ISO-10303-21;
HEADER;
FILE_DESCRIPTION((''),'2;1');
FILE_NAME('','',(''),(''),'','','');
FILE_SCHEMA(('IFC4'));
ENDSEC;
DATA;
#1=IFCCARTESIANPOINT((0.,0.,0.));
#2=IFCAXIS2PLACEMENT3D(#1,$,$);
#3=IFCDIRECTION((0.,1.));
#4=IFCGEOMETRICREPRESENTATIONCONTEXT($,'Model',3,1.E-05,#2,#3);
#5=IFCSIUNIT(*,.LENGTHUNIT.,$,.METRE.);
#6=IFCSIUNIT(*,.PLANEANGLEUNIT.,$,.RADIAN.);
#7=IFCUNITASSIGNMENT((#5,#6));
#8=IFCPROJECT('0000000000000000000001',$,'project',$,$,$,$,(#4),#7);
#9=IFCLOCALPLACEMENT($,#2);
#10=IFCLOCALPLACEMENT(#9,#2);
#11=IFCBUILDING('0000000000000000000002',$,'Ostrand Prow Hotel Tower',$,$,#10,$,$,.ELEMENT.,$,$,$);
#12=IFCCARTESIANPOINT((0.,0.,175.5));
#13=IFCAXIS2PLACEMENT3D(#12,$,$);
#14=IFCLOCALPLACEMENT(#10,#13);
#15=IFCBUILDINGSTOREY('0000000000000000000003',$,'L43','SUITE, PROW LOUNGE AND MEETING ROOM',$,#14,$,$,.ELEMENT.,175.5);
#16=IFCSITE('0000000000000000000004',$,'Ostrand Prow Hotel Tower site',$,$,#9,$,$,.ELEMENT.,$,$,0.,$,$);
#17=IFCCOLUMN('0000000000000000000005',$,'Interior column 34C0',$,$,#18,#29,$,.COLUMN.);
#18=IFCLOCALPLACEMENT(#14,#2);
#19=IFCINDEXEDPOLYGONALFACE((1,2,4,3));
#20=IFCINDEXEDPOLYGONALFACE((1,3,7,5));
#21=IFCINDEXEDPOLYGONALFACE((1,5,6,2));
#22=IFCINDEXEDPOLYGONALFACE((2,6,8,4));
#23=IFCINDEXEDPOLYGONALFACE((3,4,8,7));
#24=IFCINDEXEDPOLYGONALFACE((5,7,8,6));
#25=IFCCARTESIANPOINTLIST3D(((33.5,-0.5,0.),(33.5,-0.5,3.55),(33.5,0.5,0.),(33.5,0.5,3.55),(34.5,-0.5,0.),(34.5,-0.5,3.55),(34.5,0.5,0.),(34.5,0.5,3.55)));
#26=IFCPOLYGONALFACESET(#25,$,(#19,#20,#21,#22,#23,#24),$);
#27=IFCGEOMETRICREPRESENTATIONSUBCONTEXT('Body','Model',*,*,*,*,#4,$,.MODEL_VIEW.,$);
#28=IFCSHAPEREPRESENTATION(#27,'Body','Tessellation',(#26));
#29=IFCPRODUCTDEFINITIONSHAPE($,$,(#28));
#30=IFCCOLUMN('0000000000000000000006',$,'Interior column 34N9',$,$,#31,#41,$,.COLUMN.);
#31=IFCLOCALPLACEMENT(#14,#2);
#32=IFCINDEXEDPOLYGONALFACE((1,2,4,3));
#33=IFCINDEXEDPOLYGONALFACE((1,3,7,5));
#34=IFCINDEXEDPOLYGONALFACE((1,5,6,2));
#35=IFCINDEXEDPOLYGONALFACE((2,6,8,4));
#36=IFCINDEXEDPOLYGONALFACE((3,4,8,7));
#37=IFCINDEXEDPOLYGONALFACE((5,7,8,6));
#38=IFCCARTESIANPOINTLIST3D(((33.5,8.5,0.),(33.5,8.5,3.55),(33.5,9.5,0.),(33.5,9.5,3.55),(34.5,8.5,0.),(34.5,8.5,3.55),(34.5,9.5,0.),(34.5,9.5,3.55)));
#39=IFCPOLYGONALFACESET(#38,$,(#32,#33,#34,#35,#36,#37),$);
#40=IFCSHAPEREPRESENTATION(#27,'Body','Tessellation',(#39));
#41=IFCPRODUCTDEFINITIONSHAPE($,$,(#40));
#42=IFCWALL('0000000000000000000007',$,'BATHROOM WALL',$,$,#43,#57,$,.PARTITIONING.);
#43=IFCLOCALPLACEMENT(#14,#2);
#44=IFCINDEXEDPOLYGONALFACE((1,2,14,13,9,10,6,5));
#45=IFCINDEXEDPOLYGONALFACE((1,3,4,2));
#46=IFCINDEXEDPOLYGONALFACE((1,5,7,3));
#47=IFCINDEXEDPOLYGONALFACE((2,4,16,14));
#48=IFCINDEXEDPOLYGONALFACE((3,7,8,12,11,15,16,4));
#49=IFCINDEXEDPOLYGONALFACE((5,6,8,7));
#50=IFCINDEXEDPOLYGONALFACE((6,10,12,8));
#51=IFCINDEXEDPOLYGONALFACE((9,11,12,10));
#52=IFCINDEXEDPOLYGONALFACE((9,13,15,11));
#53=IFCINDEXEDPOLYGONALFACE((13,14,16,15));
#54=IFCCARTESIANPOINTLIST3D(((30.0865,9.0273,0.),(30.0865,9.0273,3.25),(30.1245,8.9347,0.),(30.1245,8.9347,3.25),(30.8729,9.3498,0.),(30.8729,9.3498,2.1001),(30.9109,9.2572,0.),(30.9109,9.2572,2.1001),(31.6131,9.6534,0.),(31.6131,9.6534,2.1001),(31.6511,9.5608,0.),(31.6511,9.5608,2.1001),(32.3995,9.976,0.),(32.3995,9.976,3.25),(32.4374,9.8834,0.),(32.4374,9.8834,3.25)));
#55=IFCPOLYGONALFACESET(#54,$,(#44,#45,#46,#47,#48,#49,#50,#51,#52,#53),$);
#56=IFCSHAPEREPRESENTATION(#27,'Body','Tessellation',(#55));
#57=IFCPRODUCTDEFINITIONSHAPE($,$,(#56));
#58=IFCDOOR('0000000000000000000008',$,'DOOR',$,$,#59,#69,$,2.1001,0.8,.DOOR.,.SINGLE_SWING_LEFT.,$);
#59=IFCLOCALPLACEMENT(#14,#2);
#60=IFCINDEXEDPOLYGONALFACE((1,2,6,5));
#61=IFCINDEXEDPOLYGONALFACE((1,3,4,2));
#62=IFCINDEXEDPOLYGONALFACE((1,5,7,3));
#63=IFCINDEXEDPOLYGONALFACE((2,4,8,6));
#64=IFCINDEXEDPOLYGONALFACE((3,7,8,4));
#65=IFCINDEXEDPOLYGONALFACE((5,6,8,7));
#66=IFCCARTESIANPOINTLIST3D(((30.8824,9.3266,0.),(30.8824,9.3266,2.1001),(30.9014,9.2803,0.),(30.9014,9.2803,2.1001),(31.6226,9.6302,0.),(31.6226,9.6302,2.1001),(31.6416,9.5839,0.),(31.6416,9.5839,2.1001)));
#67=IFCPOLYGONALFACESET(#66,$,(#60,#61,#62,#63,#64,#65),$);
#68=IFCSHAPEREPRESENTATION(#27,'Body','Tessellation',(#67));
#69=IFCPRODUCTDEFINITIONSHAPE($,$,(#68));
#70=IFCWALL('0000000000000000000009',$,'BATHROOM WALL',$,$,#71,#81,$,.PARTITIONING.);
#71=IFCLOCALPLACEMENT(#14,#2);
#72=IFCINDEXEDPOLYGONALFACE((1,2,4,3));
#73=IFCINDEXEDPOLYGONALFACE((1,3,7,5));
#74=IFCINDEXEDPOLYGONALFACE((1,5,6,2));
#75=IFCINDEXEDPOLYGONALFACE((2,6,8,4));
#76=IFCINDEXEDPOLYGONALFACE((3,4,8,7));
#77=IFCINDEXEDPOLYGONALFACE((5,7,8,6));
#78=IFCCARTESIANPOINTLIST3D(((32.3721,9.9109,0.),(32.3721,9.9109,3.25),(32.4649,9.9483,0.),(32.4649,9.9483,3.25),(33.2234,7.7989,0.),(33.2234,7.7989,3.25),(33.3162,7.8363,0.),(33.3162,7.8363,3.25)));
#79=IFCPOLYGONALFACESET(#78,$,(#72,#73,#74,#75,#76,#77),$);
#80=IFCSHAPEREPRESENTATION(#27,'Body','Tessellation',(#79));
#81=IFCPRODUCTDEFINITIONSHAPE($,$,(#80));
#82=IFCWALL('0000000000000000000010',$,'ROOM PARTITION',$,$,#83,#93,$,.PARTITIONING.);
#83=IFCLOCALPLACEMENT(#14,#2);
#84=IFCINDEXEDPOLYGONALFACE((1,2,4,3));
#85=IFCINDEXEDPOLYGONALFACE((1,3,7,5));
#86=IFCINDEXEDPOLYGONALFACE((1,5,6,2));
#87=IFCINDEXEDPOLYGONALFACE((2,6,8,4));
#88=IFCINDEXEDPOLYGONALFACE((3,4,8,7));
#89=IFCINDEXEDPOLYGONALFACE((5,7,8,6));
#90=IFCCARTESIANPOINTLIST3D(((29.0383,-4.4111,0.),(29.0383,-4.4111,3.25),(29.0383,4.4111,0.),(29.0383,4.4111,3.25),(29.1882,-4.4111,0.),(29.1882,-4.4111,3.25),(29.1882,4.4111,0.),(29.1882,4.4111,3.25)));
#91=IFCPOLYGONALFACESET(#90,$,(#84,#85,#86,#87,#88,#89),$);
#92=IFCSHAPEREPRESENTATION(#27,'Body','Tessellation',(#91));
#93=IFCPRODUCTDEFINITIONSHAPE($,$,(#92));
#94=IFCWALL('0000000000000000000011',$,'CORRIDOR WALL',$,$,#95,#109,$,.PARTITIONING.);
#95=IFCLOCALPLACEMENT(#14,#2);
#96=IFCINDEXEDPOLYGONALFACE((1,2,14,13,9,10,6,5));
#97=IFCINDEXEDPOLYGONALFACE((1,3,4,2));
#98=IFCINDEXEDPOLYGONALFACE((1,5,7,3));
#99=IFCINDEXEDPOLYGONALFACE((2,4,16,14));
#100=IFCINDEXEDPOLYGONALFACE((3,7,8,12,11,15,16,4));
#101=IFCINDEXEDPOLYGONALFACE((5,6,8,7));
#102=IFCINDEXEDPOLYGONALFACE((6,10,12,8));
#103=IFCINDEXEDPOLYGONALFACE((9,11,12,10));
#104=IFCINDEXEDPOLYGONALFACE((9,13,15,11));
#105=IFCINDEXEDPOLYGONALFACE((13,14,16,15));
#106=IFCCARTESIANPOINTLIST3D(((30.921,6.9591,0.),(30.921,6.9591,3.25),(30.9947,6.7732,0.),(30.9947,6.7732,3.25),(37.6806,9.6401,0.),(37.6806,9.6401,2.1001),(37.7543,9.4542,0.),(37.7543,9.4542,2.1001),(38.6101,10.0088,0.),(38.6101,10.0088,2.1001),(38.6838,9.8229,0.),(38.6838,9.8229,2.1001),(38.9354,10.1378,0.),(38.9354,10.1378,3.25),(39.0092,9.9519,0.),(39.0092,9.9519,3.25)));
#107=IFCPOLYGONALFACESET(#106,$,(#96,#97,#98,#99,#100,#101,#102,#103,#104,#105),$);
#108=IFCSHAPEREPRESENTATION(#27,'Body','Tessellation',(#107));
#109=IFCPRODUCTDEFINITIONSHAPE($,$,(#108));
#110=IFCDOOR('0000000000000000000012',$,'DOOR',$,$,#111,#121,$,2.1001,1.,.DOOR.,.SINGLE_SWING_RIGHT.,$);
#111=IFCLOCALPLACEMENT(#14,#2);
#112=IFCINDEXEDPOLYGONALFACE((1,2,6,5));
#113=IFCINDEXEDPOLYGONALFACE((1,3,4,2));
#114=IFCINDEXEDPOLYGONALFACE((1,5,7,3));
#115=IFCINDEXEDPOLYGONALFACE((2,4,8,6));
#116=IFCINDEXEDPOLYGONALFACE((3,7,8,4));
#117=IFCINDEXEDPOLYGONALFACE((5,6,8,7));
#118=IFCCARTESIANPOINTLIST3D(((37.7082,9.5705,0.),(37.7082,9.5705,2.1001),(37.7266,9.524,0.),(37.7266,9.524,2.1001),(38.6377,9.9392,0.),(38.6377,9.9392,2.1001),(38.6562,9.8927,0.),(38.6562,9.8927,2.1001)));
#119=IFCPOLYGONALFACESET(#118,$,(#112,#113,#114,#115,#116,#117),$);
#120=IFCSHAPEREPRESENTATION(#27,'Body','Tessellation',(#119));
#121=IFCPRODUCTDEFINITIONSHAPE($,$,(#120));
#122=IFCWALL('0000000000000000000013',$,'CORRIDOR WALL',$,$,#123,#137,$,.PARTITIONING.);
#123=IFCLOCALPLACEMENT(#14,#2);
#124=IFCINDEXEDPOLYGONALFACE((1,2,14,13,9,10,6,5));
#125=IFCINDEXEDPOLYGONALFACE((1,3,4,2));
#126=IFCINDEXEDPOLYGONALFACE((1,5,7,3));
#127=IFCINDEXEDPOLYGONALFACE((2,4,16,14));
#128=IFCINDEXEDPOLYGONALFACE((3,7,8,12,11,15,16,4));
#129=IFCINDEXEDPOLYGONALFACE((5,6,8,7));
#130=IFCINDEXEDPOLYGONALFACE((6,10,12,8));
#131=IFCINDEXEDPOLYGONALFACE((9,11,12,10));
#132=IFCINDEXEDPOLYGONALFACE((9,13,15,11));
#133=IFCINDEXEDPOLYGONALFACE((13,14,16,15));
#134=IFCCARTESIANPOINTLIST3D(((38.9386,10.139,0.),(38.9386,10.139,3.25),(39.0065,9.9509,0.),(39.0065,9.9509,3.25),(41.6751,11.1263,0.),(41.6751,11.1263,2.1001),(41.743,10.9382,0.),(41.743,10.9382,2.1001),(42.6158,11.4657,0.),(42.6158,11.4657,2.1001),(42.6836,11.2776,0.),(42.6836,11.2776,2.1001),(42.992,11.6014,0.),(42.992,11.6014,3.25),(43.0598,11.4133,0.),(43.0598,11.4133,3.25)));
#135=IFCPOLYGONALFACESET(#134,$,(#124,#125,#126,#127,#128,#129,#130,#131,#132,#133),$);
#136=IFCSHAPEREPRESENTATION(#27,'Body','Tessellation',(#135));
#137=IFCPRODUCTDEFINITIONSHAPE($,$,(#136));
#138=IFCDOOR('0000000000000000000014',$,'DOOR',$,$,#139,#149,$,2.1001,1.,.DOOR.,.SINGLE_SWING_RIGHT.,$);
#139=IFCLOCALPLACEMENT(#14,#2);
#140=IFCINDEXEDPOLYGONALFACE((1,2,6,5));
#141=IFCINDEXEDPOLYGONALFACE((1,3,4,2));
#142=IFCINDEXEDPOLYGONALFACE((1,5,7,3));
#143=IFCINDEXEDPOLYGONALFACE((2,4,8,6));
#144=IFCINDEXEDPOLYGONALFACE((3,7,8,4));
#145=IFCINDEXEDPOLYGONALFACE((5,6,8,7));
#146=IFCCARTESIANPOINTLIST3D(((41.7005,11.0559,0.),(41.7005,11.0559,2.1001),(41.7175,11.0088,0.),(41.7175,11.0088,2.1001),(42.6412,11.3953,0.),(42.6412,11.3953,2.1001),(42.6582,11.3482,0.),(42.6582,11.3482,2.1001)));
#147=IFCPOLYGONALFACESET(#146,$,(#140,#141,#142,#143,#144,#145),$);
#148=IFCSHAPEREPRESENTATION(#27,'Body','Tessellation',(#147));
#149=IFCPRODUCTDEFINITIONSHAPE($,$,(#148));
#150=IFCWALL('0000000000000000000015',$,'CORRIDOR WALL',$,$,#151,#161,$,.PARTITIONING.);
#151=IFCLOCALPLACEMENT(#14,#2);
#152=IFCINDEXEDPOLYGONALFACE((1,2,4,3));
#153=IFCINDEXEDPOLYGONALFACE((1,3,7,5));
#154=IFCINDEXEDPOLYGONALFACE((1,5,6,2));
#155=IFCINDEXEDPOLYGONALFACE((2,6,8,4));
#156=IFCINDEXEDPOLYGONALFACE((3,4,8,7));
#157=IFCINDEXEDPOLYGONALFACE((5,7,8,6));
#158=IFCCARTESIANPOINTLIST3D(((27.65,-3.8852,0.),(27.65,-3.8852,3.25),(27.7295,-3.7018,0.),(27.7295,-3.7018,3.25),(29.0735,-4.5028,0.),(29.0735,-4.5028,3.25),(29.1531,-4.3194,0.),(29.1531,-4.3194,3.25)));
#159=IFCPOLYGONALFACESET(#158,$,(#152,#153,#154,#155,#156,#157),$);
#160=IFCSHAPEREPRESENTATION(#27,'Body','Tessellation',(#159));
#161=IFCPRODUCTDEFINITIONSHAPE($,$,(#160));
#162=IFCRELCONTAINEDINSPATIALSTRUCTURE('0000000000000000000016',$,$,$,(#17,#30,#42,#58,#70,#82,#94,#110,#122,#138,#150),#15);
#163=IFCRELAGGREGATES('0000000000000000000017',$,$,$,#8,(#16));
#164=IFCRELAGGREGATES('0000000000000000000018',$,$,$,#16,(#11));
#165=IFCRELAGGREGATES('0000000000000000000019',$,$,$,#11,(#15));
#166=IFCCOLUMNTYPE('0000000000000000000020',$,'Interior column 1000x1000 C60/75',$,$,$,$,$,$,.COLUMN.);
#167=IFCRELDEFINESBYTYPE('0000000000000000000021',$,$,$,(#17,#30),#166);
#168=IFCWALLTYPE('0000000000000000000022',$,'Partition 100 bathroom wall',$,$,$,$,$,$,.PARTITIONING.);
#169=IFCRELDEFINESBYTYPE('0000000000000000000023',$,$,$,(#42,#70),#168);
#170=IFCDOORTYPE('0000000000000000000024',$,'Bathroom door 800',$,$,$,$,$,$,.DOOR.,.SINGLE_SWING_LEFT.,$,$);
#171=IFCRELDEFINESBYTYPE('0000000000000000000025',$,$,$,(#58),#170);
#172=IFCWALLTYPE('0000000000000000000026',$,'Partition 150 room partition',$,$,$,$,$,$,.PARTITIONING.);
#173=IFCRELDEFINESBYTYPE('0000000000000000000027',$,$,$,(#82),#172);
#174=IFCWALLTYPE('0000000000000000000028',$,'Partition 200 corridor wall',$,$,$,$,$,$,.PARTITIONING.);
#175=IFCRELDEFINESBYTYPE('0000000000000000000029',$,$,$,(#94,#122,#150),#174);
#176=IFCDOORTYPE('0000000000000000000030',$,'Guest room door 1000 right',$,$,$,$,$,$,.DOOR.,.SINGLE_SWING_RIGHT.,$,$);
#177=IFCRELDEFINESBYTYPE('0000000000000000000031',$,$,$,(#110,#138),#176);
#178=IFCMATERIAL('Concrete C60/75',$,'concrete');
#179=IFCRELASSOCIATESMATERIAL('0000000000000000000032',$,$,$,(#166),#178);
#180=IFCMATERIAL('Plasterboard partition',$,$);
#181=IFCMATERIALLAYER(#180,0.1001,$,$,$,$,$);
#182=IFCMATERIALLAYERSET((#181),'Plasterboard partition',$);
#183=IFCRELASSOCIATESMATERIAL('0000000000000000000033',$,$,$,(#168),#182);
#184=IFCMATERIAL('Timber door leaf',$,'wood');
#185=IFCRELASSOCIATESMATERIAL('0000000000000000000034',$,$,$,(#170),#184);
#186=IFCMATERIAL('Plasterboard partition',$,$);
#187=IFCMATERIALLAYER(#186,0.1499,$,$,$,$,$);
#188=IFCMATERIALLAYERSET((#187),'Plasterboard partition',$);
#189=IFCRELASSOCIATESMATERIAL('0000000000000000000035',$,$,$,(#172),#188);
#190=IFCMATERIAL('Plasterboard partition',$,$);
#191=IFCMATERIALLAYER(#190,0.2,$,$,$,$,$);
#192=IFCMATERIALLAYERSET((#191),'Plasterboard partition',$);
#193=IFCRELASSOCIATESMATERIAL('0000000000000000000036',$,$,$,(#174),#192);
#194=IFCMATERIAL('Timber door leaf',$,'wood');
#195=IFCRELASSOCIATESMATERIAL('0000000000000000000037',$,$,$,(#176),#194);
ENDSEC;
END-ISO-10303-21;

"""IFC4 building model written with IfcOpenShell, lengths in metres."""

from ifc_helpers import new_model, si_unit, direction, frame, frame_2d, origin, origin_2d, place, context, subcontext, project, spatial, rectangle, extrude, material, layer, layer_set, material_profile, profile_set, type_object, element, fill, save


model = new_model("IFC4")

# Units and contexts
model_context = context("Model", 3, precision=1e-05, world=origin(), true_north=direction((0.0, 1.0)))
body_context = subcontext(model_context, "Body", "Model", "MODEL_VIEW")
ifc_project = project(units=[si_unit("LENGTHUNIT", "METRE"), si_unit("PLANEANGLEUNIT", "RADIAN")], contexts=[model_context])

# Site, building, storey
site_placement = place(None, origin())
site = spatial("IfcSite", under=ifc_project, at=site_placement, Name="Ostrand Prow Hotel Tower site", CompositionType="ELEMENT", RefElevation=0.0)
building_placement = place(site_placement, origin())
building = spatial("IfcBuilding", under=site, at=building_placement, Name="Ostrand Prow Hotel Tower", CompositionType="ELEMENT")
storey_placement = place(building_placement, frame((0.0, 0.0, 175.5)))
storey = spatial("IfcBuildingStorey", under=building, at=storey_placement, Name="L43", Description="SUITE, PROW LOUNGE AND MEETING ROOM", CompositionType="ELEMENT", Elevation=175.5)

# Columns
ifc_material_1 = material(Name="Concrete C60/75", Category="concrete")
ifc_material_profile = material_profile(ifc_material_1, rectangle(XDim=1.0, YDim=1.0, at=origin_2d()), Name="RC 1000x1000")
ifc_profile_set = profile_set([ifc_material_profile], Name="Concrete C60/75")
column_type = type_object("IfcColumnType", Name="Interior column 1000x1000 C60/75", PredefinedType="COLUMN", material=ifc_profile_set)
for number, where, z_axis, x_axis, name in (
    (1, (34.0, 0.0, 0.0), (0.0, 0.0, 1.0), (1.0, 0.0, 0.0), "Interior column 34C0"),
    (2, (34.0, 9.0, 0.0), (0.0, 0.0, 1.0), (1.0, 0.0, 0.0), "Interior column 34N9"),
):
    element("IfcColumn", number, at=place(storey_placement, frame(where, z_axis=z_axis, x_axis=x_axis)), inside=storey, type_object=column_type, Name=name, PredefinedType="COLUMN", context=body_context, shape_type="SweptSolid", body=[
        extrude(rectangle(XDim=1.0, YDim=1.0, at=origin_2d()), origin(), (0.0, 0.0, 1.0), 3.55),
    ])

# Wall, opening, door
ifc_material_2 = material(Name="Plasterboard partition")
ifc_layer_1 = layer(ifc_material_2, 0.1001)
ifc_layer_set_1 = layer_set([ifc_layer_1], Name="Plasterboard partition")
wall_type_1 = type_object("IfcWallType", Name="Partition 100 bathroom wall", PredefinedType="PARTITIONING", material=ifc_layer_set_1)
wall_1_placement = place(storey_placement, frame((30.1055, 8.981, 0.0), z_axis=(0.0, 0.0, 1.0), x_axis=(0.925195, 0.379492, 0.0)))
wall_1 = element("IfcWall", 3, at=wall_1_placement, inside=storey, type_object=wall_type_1, Name="BATHROOM WALL", PredefinedType="PARTITIONING", context=body_context, shape_type="SweptSolid", body=[
    extrude(rectangle(XDim=2.5, YDim=0.1001, at=frame_2d((1.25, 0.0))), origin(), (0.0, 0.0, 1.0), 3.25),
])
opening_1_placement = place(wall_1_placement, frame((0.8501, 0.0, 0.0)))
opening_1 = element("IfcOpeningElement", 4, at=opening_1_placement, cuts=wall_1, PredefinedType="OPENING", context=body_context, shape_type="SweptSolid", body=[
    extrude(rectangle(XDim=0.8, YDim=2.1001, at=frame_2d((0.3999, 1.05))), frame((0.0, 0.0601, 0.0), z_axis=(0.0, -1.0, 0.0), x_axis=(1.0, 0.0, 0.0)), (0.0, 0.0, 1.0), 0.1201),
])
ifc_material_3 = material(Name="Timber door leaf", Category="wood")
door_type_1 = type_object("IfcDoorType", Name="Bathroom door 800", OperationType="SINGLE_SWING_LEFT", PredefinedType="DOOR", material=ifc_material_3)
door_1_placement = place(opening_1_placement, origin())
door_1 = element("IfcDoor", 5, at=door_1_placement, inside=storey, type_object=door_type_1, Name="DOOR", OperationType="SINGLE_SWING_LEFT", OverallHeight=2.1001, OverallWidth=0.8, PredefinedType="DOOR", context=body_context, shape_type="SweptSolid", body=[
    extrude(rectangle(XDim=0.8, YDim=2.1001, at=frame_2d((0.3999, 1.05))), frame((0.0, 0.0249, 0.0), z_axis=(0.0, -1.0, 0.0), x_axis=(1.0, 0.0, 0.0)), (0.0, 0.0, 1.0), 0.05),
])
fill(opening_1, door_1)

# Walls
wall_2_placement = place(storey_placement, frame((32.4185, 9.9297, 0.0), z_axis=(0.0, 0.0, 1.0), x_axis=(0.373848, -0.92749, 0.0)))
element("IfcWall", 6, at=wall_2_placement, inside=storey, type_object=wall_type_1, Name="BATHROOM WALL", PredefinedType="PARTITIONING", context=body_context, shape_type="SweptSolid", body=[
    extrude(rectangle(XDim=2.2771, YDim=0.1001, at=frame_2d((1.1387, 0.0))), origin(), (0.0, 0.0, 1.0), 3.25),
])
ifc_material_4 = material(Name="Plasterboard partition")
ifc_layer_2 = layer(ifc_material_4, 0.1499)
ifc_layer_set_2 = layer_set([ifc_layer_2], Name="Plasterboard partition")
wall_type_2 = type_object("IfcWallType", Name="Partition 150 room partition", PredefinedType="PARTITIONING", material=ifc_layer_set_2)
wall_3_placement = place(storey_placement, frame((29.1133, -4.4111, 0.0), z_axis=(0.0, 0.0, 1.0), x_axis=(0.0, 1.0, 0.0)))
element("IfcWall", 7, at=wall_3_placement, inside=storey, type_object=wall_type_2, Name="ROOM PARTITION", PredefinedType="PARTITIONING", context=body_context, shape_type="SweptSolid", body=[
    extrude(rectangle(XDim=8.8223, YDim=0.1499, at=frame_2d((4.4111, 0.0))), origin(), (0.0, 0.0, 1.0), 3.25),
])

# Walls, openings, doors
ifc_material_5 = material(Name="Plasterboard partition")
ifc_layer_3 = layer(ifc_material_5, 0.2)
ifc_layer_set_3 = layer_set([ifc_layer_3], Name="Plasterboard partition")
wall_type_3 = type_object("IfcWallType", Name="Partition 200 corridor wall", PredefinedType="PARTITIONING", material=ifc_layer_set_3)
wall_4_placement = place(storey_placement, frame((38.9724, 10.0449, 0.0), z_axis=(0.0, 0.0, 1.0), x_axis=(-0.929555, -0.368684, 0.0)))
wall_4 = element("IfcWall", 8, at=wall_4_placement, inside=storey, type_object=wall_type_3, Name="CORRIDOR WALL", PredefinedType="PARTITIONING", context=body_context, shape_type="SweptSolid", body=[
    extrude(rectangle(XDim=8.6218, YDim=0.2, at=frame_2d((4.311, 0.0))), origin(), (0.0, 0.0, 1.0), 3.25),
])
opening_2_placement = place(wall_4_placement, frame((0.3501, 0.0, 0.0)))
opening_2 = element("IfcOpeningElement", 9, at=opening_2_placement, cuts=wall_4, PredefinedType="OPENING", context=body_context, shape_type="SweptSolid", body=[
    extrude(rectangle(XDim=1.0, YDim=2.1001, at=frame_2d((0.5, 1.05))), frame((0.0, 0.1099, 0.0), z_axis=(0.0, -1.0, 0.0), x_axis=(1.0, 0.0, 0.0)), (0.0, 0.0, 1.0), 0.22),
])
ifc_material_6 = material(Name="Timber door leaf", Category="wood")
door_type_2 = type_object("IfcDoorType", Name="Guest room door 1000 right", OperationType="SINGLE_SWING_RIGHT", PredefinedType="DOOR", material=ifc_material_6)
door_2_placement = place(opening_2_placement, origin())
door_2 = element("IfcDoor", 10, at=door_2_placement, inside=storey, type_object=door_type_2, Name="DOOR", OperationType="SINGLE_SWING_RIGHT", OverallHeight=2.1001, OverallWidth=1.0, PredefinedType="DOOR", context=body_context, shape_type="SweptSolid", body=[
    extrude(rectangle(XDim=1.0, YDim=2.1001, at=frame_2d((0.5, 1.05))), frame((0.0, 0.0249, 0.0), z_axis=(0.0, -1.0, 0.0), x_axis=(1.0, 0.0, 0.0)), (0.0, 0.0, 1.0), 0.05),
])
fill(opening_2, door_2)
wall_5_placement = place(storey_placement, frame((43.0259, 11.5073, 0.0), z_axis=(0.0, 0.0, 1.0), x_axis=(-0.940654, -0.339367, 0.0)))
wall_5 = element("IfcWall", 11, at=wall_5_placement, inside=storey, type_object=wall_type_3, Name="CORRIDOR WALL", PredefinedType="PARTITIONING", context=body_context, shape_type="SweptSolid", body=[
    extrude(rectangle(XDim=4.3091, YDim=0.2, at=frame_2d((2.1545, 0.0))), origin(), (0.0, 0.0, 1.0), 3.25),
])
opening_3_placement = place(wall_5_placement, frame((0.3999, 0.0, 0.0)))
opening_3 = element("IfcOpeningElement", 12, at=opening_3_placement, cuts=wall_5, PredefinedType="OPENING", context=body_context, shape_type="SweptSolid", body=[
    extrude(rectangle(XDim=1.0, YDim=2.1001, at=frame_2d((0.5, 1.05))), frame((0.0, 0.1099, 0.0), z_axis=(0.0, -1.0, 0.0), x_axis=(1.0, 0.0, 0.0)), (0.0, 0.0, 1.0), 0.22),
])
door_3_placement = place(opening_3_placement, origin())
door_3 = element("IfcDoor", 13, at=door_3_placement, inside=storey, type_object=door_type_2, Name="DOOR", OperationType="SINGLE_SWING_RIGHT", OverallHeight=2.1001, OverallWidth=1.0, PredefinedType="DOOR", context=body_context, shape_type="SweptSolid", body=[
    extrude(rectangle(XDim=1.0, YDim=2.1001, at=frame_2d((0.5, 1.05))), frame((0.0, 0.0249, 0.0), z_axis=(0.0, -1.0, 0.0), x_axis=(1.0, 0.0, 0.0)), (0.0, 0.0, 1.0), 0.05),
])
fill(opening_3, door_3)

# Wall
wall_6_placement = place(storey_placement, frame((29.1133, -4.4111, 0.0), z_axis=(0.0, 0.0, 1.0), x_axis=(-0.91737, 0.398036, 0.0)))
element("IfcWall", 14, at=wall_6_placement, inside=storey, type_object=wall_type_3, Name="CORRIDOR WALL", PredefinedType="PARTITIONING", context=body_context, shape_type="SweptSolid", body=[
    extrude(rectangle(XDim=1.5518, YDim=0.2, at=frame_2d((0.7759, 0.0))), origin(), (0.0, 0.0, 1.0), 3.25),
])

save(model, "model.ifc")
